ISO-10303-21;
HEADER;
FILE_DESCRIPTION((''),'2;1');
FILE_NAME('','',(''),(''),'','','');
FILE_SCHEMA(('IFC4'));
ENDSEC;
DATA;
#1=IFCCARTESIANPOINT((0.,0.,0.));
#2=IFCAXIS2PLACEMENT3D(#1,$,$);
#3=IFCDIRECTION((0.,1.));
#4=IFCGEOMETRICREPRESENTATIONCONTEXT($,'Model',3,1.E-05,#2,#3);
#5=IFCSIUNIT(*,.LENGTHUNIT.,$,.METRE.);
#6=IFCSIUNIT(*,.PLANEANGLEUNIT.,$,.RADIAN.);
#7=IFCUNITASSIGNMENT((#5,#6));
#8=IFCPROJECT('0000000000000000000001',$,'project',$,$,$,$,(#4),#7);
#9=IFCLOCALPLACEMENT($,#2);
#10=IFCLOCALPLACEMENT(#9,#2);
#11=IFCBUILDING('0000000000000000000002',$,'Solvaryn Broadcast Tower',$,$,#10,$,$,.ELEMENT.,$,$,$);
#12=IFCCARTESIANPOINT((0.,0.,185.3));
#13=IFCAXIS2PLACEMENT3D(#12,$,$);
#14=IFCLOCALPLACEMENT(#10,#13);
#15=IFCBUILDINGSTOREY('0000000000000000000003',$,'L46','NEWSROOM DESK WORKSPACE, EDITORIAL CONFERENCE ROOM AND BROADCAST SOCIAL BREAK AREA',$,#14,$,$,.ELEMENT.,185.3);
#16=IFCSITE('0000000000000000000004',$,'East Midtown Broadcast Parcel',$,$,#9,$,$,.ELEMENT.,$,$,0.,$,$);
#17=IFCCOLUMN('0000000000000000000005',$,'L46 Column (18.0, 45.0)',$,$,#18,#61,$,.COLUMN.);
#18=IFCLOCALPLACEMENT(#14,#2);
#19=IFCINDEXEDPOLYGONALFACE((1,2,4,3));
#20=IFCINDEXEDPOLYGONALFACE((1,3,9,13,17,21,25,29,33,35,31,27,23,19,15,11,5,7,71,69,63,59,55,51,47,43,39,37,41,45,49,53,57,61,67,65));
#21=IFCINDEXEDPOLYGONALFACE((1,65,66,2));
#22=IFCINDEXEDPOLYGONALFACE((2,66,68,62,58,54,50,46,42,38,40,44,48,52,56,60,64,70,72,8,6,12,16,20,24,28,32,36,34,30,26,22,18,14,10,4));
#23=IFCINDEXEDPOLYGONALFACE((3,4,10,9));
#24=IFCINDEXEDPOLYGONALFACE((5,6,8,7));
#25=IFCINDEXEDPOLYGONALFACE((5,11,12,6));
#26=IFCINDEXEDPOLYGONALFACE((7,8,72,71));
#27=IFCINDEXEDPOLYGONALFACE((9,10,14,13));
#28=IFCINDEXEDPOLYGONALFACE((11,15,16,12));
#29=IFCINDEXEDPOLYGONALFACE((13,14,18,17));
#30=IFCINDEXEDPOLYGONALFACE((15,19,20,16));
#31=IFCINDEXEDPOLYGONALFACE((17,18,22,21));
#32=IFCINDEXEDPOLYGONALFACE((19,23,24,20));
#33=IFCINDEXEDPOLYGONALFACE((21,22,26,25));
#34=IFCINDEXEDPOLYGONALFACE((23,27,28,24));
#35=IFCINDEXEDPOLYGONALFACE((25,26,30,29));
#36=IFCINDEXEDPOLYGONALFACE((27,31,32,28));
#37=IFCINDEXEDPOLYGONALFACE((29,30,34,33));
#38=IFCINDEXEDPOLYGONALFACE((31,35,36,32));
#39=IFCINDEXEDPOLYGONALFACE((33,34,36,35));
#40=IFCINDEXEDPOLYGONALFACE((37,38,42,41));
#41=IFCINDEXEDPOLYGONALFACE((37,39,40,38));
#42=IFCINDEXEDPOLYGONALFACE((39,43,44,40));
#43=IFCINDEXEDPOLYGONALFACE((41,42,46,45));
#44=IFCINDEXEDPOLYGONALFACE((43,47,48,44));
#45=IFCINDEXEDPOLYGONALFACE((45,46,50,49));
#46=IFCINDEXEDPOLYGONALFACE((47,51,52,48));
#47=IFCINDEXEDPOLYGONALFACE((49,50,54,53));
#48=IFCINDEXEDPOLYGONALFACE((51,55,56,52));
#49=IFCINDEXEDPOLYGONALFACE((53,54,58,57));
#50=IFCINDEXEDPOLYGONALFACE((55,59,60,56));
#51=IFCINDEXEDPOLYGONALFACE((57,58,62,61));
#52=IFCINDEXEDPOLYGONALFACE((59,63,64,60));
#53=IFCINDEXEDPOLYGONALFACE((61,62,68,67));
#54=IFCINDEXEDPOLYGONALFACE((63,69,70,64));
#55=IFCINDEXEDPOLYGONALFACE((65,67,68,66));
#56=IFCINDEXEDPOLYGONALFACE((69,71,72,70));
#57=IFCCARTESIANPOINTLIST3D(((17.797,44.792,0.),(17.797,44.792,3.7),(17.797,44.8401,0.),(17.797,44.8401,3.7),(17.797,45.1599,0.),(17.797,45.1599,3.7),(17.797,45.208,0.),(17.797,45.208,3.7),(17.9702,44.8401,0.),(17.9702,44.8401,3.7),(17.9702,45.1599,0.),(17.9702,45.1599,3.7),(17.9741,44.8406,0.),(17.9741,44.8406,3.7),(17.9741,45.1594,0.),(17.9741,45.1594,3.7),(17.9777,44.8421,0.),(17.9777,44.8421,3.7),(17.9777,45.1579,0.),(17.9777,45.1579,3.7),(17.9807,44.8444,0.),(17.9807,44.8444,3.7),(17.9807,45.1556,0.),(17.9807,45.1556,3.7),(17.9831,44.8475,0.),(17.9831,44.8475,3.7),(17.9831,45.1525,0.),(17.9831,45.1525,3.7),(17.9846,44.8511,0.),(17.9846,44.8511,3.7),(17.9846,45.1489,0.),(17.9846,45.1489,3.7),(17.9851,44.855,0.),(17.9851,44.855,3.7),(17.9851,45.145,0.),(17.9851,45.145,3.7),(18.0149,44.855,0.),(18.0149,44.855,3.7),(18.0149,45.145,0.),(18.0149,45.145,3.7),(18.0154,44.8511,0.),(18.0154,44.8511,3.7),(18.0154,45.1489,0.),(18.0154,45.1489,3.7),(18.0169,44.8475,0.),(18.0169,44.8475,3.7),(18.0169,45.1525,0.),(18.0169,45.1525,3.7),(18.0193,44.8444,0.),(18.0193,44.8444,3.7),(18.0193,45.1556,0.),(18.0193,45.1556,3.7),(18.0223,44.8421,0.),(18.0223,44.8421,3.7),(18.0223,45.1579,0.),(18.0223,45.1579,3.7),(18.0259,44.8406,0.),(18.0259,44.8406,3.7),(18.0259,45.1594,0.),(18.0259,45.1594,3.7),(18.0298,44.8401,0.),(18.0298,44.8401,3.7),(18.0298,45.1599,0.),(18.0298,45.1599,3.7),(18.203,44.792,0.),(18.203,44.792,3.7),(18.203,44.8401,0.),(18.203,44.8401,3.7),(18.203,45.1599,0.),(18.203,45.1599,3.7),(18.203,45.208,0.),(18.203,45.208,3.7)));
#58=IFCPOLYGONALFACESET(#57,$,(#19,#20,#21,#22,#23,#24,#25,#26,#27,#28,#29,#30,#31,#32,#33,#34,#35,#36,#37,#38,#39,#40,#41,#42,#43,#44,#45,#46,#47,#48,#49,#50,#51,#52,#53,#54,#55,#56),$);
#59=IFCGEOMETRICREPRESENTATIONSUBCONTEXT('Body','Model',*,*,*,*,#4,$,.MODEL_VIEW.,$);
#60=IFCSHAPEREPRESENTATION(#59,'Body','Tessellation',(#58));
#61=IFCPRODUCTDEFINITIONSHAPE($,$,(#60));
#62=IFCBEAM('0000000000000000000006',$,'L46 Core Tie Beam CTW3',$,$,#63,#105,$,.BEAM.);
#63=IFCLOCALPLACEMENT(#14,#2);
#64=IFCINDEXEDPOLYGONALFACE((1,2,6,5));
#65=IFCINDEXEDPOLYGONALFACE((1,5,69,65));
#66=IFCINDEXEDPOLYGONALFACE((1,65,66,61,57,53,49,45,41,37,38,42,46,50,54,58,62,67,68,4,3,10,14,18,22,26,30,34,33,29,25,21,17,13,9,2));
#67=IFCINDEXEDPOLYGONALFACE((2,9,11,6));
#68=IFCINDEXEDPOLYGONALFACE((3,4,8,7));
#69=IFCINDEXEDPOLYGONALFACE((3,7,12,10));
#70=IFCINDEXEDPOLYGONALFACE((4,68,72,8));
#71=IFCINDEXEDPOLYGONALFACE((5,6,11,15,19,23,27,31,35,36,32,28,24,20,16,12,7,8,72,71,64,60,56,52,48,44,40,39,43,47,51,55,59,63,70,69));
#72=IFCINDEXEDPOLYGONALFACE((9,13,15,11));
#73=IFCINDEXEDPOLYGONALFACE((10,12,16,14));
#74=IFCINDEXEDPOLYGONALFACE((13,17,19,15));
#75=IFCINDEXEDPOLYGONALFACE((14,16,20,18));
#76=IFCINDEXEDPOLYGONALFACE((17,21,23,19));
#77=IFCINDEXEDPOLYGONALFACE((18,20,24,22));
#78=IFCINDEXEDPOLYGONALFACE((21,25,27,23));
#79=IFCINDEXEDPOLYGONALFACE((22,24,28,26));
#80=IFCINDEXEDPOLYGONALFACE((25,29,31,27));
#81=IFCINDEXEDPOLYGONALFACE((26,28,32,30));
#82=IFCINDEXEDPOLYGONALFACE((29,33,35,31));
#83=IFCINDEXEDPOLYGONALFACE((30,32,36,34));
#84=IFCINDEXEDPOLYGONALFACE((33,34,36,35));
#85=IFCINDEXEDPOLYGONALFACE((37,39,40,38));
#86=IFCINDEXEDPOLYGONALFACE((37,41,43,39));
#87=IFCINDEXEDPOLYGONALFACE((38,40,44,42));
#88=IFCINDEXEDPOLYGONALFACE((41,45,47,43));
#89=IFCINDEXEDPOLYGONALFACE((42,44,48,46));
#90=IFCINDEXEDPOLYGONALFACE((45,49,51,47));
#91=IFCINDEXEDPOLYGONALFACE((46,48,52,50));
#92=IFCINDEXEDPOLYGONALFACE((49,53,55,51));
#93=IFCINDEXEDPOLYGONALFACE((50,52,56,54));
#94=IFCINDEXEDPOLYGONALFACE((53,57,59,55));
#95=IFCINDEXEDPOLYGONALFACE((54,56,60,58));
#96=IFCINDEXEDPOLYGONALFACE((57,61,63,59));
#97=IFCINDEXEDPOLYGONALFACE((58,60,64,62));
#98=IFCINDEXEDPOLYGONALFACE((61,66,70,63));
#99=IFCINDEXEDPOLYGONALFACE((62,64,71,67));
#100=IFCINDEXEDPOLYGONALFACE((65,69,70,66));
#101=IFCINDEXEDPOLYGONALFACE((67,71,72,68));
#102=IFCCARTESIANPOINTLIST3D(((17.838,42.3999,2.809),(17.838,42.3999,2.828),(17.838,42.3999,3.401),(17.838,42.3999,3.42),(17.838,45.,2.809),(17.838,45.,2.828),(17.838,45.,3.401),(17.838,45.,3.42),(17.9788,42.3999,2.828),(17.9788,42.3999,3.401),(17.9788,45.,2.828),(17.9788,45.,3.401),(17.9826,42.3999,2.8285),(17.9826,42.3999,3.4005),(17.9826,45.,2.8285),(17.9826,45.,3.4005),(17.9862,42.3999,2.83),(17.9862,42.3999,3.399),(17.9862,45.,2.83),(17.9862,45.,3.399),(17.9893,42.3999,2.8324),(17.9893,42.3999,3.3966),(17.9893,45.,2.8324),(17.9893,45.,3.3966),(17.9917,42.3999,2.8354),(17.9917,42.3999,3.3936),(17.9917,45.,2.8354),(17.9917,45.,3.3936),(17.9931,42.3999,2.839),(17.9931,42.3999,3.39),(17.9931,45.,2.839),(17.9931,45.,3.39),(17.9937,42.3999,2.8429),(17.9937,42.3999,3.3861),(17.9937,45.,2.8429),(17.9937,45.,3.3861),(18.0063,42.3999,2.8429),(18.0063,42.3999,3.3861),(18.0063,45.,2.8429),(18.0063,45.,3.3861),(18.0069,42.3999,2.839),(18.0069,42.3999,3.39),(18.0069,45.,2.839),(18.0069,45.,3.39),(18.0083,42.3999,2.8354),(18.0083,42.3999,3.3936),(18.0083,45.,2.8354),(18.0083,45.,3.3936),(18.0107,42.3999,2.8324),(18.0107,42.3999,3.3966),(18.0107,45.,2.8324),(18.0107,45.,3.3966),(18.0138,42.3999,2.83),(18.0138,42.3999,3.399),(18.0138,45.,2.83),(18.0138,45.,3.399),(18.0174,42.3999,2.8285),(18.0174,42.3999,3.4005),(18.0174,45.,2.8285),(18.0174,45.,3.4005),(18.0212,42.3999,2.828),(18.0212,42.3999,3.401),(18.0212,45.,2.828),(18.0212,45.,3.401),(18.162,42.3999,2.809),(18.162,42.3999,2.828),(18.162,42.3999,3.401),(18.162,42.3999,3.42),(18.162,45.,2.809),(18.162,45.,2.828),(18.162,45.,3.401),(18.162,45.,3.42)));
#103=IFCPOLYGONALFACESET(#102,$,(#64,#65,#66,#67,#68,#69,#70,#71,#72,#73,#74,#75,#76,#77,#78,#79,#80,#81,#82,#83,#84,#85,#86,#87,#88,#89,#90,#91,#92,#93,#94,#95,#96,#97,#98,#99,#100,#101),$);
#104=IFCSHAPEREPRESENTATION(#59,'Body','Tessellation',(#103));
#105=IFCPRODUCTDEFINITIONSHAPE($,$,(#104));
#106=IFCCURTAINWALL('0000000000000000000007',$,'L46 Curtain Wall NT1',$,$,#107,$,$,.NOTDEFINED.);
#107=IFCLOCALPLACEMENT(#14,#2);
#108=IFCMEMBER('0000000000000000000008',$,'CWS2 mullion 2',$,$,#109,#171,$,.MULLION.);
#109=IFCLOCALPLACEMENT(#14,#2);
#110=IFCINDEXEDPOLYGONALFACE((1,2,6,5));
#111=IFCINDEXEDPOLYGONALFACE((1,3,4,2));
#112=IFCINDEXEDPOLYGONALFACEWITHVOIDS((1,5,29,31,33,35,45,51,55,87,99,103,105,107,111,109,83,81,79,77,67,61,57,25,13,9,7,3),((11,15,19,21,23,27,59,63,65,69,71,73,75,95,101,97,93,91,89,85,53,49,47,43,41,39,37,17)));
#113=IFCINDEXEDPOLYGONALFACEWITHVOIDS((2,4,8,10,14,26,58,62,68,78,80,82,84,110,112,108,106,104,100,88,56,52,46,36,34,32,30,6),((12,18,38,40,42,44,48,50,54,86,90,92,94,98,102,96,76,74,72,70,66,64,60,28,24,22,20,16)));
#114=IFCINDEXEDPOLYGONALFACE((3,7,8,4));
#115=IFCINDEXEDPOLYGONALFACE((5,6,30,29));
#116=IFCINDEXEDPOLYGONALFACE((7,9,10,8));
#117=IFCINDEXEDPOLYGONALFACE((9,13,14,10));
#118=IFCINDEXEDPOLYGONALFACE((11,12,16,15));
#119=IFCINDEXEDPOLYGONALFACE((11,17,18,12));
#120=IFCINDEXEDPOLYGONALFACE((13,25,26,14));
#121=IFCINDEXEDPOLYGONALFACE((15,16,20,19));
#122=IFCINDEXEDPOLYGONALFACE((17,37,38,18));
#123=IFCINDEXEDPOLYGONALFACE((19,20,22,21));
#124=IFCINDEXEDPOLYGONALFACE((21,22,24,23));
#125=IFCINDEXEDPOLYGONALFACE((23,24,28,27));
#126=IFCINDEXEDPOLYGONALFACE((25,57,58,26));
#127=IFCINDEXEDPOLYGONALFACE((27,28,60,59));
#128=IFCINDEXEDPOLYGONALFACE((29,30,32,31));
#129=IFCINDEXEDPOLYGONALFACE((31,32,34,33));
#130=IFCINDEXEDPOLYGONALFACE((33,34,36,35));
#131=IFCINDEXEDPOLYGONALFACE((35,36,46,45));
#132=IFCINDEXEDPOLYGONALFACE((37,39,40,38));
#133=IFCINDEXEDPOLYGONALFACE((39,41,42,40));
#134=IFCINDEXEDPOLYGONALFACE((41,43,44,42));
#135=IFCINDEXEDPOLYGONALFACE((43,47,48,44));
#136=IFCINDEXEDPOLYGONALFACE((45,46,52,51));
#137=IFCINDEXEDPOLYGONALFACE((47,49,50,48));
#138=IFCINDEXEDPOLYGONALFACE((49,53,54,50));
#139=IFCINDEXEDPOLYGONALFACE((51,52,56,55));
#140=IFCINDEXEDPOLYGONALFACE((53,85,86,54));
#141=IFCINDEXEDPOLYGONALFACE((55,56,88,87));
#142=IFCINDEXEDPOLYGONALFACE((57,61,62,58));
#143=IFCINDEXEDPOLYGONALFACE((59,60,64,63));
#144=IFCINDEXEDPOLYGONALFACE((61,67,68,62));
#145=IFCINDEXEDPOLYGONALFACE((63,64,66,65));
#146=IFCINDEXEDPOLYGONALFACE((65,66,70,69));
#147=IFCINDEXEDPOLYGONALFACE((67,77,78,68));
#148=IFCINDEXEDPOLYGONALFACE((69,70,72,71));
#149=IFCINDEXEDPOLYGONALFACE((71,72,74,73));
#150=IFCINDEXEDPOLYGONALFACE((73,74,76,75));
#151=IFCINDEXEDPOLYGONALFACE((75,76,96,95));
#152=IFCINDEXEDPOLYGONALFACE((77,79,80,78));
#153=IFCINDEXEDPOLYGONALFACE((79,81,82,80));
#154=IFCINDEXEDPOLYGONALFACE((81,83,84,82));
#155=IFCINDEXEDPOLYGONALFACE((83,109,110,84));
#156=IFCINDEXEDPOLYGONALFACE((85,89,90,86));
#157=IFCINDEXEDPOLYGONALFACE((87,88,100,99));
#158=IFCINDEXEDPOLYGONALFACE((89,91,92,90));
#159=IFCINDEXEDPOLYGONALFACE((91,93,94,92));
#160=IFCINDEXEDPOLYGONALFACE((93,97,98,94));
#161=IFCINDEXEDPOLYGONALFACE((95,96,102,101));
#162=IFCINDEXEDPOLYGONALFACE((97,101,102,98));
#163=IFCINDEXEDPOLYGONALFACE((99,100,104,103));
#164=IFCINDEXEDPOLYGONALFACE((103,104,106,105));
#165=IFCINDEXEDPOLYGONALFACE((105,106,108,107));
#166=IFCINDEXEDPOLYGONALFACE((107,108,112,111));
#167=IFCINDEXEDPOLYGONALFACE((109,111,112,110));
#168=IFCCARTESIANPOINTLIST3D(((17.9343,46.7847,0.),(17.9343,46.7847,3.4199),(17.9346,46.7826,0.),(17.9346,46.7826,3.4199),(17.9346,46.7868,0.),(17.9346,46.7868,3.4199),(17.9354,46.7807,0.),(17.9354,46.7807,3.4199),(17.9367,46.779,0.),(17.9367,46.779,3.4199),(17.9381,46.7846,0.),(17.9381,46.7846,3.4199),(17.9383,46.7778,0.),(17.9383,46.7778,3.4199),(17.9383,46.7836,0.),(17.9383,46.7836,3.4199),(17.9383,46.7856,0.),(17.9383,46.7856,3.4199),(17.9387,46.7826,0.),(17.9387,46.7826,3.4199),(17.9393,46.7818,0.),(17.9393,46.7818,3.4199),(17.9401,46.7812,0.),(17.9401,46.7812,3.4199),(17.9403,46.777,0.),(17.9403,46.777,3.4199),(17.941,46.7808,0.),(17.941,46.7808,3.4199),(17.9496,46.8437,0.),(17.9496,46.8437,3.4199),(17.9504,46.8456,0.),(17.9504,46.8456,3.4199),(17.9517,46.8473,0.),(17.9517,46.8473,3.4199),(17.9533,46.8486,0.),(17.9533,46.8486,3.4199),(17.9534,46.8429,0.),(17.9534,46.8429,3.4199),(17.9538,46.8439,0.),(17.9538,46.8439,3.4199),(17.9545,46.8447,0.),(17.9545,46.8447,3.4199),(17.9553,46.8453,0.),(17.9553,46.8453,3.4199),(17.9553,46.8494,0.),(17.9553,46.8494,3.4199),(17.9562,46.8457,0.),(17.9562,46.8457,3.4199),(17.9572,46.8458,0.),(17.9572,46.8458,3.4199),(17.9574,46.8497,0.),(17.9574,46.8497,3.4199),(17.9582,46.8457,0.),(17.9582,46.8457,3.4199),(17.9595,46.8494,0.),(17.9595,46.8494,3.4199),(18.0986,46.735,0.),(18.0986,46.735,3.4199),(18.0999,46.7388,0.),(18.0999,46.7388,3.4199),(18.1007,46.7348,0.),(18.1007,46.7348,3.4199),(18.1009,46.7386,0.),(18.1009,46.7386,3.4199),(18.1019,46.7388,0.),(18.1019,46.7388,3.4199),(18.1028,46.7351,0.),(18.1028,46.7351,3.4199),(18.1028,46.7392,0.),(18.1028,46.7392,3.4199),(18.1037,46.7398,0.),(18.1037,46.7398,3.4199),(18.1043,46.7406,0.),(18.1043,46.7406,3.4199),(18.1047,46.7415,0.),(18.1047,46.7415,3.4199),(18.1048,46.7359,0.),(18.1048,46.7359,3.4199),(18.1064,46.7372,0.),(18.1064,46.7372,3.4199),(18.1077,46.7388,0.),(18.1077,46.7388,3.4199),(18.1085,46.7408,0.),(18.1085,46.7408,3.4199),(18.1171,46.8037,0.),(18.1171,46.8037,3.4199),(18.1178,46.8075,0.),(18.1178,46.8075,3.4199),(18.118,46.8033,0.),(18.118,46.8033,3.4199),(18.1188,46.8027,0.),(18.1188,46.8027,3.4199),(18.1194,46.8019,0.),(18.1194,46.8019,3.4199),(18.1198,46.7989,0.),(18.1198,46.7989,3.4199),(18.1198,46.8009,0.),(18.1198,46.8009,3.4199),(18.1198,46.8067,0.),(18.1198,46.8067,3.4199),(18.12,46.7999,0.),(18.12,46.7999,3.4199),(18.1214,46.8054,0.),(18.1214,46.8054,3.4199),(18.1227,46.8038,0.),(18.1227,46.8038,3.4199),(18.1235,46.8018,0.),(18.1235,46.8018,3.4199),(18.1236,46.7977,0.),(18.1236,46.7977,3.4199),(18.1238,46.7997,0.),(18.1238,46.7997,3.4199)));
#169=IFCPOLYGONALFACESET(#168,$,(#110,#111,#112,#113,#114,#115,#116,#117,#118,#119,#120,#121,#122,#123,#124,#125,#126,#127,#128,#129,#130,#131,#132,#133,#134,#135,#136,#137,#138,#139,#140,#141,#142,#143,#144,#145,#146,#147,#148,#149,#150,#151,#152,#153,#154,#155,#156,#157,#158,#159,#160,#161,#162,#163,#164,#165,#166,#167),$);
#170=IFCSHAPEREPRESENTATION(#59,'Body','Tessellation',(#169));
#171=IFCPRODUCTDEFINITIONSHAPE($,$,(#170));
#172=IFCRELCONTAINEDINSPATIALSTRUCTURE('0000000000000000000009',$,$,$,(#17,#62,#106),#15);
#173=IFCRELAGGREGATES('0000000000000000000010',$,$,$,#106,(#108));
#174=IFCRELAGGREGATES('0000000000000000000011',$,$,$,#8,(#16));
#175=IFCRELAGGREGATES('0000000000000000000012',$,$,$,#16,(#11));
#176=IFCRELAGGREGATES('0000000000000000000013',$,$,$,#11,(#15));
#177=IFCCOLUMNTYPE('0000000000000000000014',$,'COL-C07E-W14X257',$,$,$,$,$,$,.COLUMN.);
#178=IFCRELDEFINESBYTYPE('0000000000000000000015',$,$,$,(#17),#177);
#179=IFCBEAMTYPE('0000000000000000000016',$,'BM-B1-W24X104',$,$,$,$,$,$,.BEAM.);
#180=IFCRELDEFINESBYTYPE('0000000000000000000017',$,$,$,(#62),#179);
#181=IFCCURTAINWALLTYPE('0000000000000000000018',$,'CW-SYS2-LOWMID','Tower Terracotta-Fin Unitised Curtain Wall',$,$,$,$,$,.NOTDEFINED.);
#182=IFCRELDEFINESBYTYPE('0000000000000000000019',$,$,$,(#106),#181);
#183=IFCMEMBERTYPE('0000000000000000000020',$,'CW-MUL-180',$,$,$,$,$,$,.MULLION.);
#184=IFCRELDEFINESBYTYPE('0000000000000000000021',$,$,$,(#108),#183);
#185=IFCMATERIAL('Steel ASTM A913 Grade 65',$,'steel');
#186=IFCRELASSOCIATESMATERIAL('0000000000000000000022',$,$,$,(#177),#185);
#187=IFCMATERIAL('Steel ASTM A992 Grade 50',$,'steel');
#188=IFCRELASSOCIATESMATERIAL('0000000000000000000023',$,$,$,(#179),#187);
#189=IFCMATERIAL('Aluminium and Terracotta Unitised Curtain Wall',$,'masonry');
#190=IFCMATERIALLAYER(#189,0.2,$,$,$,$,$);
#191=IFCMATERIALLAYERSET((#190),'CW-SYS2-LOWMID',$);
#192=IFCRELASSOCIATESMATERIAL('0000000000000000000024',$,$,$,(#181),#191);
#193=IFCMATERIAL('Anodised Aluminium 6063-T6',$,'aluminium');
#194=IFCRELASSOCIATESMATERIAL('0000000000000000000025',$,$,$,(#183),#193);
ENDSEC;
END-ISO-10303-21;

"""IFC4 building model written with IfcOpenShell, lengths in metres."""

from ifc_helpers import new_model, si_unit, direction, frame, origin, origin_2d, place, context, subcontext, project, spatial, hollow_rectangle, i_section, extrude, material, layer, layer_set, material_profile, profile_set, type_object, element, aggregate, save


model = new_model("IFC4")

# Units and contexts
model_context = context("Model", 3, precision=1e-05, world=origin(), true_north=direction((0.0, 1.0)))
body_context = subcontext(model_context, "Body", "Model", "MODEL_VIEW")
ifc_project = project(units=[si_unit("LENGTHUNIT", "METRE"), si_unit("PLANEANGLEUNIT", "RADIAN")], contexts=[model_context])

# Site, building, storey
site_placement = place(None, origin())
site = spatial("IfcSite", under=ifc_project, at=site_placement, Name="East Midtown Broadcast Parcel", CompositionType="ELEMENT", RefElevation=0.0)
building_placement = place(site_placement, origin())
building = spatial("IfcBuilding", under=site, at=building_placement, Name="Solvaryn Broadcast Tower", CompositionType="ELEMENT")
storey_placement = place(building_placement, frame((0.0, 0.0, 185.3)))
storey = spatial("IfcBuildingStorey", under=building, at=storey_placement, Name="L46", Description="NEWSROOM DESK WORKSPACE, EDITORIAL CONFERENCE ROOM AND BROADCAST SOCIAL BREAK AREA", CompositionType="ELEMENT", Elevation=185.3)

# Column
ifc_material_1 = material(Name="Steel ASTM A913 Grade 65", Category="steel")
ifc_material_profile_1 = material_profile(ifc_material_1, i_section(OverallWidth=0.406, OverallDepth=0.416, WebThickness=0.0298, FlangeThickness=0.0481, FilletRadius=0.0149, at=origin_2d()))
ifc_profile_set_1 = profile_set([ifc_material_profile_1], Name="Steel ASTM A913 Grade 65")
column_type = type_object("IfcColumnType", Name="COL-C07E-W14X257", PredefinedType="COLUMN", material=ifc_profile_set_1)
column_placement = place(storey_placement, frame((18.0, 45.0, 0.0), z_axis=(0.0, 0.0, 1.0), x_axis=(1.0, 0.0, 0.0)))
element("IfcColumn", 1, at=column_placement, inside=storey, type_object=column_type, Name="L46 Column (18.0, 45.0)", PredefinedType="COLUMN", context=body_context, shape_type="SweptSolid", body=[
    extrude(i_section(OverallWidth=0.406, OverallDepth=0.416, WebThickness=0.0298, FlangeThickness=0.0481, FilletRadius=0.0149, at=origin_2d()), origin(), (0.0, 0.0, 1.0), 3.7),
])

# Beam
ifc_material_2 = material(Name="Steel ASTM A992 Grade 50", Category="steel")
ifc_material_profile_2 = material_profile(ifc_material_2, i_section(OverallWidth=0.324, OverallDepth=0.6111, WebThickness=0.0127, FlangeThickness=0.019, FilletRadius=0.0149, at=origin_2d()))
ifc_profile_set_2 = profile_set([ifc_material_profile_2], Name="Steel ASTM A992 Grade 50")
beam_type = type_object("IfcBeamType", Name="BM-B1-W24X104", PredefinedType="BEAM", material=ifc_profile_set_2)
beam_placement = place(storey_placement, frame((18.0, 42.3999, 3.1145), z_axis=(0.0, 1.0, 0.0), x_axis=(-1.0, 0.0, 0.0)))
element("IfcBeam", 2, at=beam_placement, inside=storey, type_object=beam_type, Name="L46 Core Tie Beam CTW3", PredefinedType="BEAM", context=body_context, shape_type="SweptSolid", body=[
    extrude(i_section(OverallWidth=0.324, OverallDepth=0.6111, WebThickness=0.0127, FlangeThickness=0.019, FilletRadius=0.0149, at=origin_2d()), origin(), (0.0, 0.0, 1.0), 2.6001),
])

# Curtain wall, member
ifc_material_3 = material(Name="Aluminium and Terracotta Unitised Curtain Wall", Category="masonry")
ifc_layer_1 = layer(ifc_material_3, 0.2)
ifc_layer_set_1 = layer_set([ifc_layer_1], Name="CW-SYS2-LOWMID")
curtain_wall_type = type_object("IfcCurtainWallType", Name="CW-SYS2-LOWMID", Description="Tower Terracotta-Fin Unitised Curtain Wall", PredefinedType="NOTDEFINED", material=ifc_layer_set_1)
curtain_wall_1_placement = place(storey_placement, origin())
curtain_wall_1 = element("IfcCurtainWall", 3, at=curtain_wall_1_placement, inside=storey, type_object=curtain_wall_type, Name="L46 Curtain Wall NT1", PredefinedType="NOTDEFINED")
ifc_material_4 = material(Name="Anodised Aluminium 6063-T6", Category="aluminium")
ifc_material_profile_3 = material_profile(ifc_material_4, hollow_rectangle(XDim=0.075, YDim=0.1799, WallThickness=0.0039, InnerFilletRadius=0.0039, OuterFilletRadius=0.0081, at=origin_2d()))
ifc_profile_set_3 = profile_set([ifc_material_profile_3], Name="Anodised Aluminium 6063-T6")
member_type_1 = type_object("IfcMemberType", Name="CW-MUL-180", PredefinedType="MULLION", material=ifc_profile_set_3)
member_1_placement = place(storey_placement, frame((18.0291, 46.7922, 0.0), z_axis=(0.0, 0.0, 1.0), x_axis=(-0.255893, -0.966705, 0.0)))
member_1 = element("IfcMember", 4, at=member_1_placement, type_object=member_type_1, Name="CWS2 mullion 2", PredefinedType="MULLION", context=body_context, shape_type="SweptSolid", body=[
    extrude(hollow_rectangle(XDim=0.075, YDim=0.1799, WallThickness=0.0039, InnerFilletRadius=0.0039, OuterFilletRadius=0.0081, at=origin_2d()), origin(), (0.0, 0.0, 1.0), 3.4199),
])

aggregate(curtain_wall_1, [member_1])

save(model, "model.ifc")
